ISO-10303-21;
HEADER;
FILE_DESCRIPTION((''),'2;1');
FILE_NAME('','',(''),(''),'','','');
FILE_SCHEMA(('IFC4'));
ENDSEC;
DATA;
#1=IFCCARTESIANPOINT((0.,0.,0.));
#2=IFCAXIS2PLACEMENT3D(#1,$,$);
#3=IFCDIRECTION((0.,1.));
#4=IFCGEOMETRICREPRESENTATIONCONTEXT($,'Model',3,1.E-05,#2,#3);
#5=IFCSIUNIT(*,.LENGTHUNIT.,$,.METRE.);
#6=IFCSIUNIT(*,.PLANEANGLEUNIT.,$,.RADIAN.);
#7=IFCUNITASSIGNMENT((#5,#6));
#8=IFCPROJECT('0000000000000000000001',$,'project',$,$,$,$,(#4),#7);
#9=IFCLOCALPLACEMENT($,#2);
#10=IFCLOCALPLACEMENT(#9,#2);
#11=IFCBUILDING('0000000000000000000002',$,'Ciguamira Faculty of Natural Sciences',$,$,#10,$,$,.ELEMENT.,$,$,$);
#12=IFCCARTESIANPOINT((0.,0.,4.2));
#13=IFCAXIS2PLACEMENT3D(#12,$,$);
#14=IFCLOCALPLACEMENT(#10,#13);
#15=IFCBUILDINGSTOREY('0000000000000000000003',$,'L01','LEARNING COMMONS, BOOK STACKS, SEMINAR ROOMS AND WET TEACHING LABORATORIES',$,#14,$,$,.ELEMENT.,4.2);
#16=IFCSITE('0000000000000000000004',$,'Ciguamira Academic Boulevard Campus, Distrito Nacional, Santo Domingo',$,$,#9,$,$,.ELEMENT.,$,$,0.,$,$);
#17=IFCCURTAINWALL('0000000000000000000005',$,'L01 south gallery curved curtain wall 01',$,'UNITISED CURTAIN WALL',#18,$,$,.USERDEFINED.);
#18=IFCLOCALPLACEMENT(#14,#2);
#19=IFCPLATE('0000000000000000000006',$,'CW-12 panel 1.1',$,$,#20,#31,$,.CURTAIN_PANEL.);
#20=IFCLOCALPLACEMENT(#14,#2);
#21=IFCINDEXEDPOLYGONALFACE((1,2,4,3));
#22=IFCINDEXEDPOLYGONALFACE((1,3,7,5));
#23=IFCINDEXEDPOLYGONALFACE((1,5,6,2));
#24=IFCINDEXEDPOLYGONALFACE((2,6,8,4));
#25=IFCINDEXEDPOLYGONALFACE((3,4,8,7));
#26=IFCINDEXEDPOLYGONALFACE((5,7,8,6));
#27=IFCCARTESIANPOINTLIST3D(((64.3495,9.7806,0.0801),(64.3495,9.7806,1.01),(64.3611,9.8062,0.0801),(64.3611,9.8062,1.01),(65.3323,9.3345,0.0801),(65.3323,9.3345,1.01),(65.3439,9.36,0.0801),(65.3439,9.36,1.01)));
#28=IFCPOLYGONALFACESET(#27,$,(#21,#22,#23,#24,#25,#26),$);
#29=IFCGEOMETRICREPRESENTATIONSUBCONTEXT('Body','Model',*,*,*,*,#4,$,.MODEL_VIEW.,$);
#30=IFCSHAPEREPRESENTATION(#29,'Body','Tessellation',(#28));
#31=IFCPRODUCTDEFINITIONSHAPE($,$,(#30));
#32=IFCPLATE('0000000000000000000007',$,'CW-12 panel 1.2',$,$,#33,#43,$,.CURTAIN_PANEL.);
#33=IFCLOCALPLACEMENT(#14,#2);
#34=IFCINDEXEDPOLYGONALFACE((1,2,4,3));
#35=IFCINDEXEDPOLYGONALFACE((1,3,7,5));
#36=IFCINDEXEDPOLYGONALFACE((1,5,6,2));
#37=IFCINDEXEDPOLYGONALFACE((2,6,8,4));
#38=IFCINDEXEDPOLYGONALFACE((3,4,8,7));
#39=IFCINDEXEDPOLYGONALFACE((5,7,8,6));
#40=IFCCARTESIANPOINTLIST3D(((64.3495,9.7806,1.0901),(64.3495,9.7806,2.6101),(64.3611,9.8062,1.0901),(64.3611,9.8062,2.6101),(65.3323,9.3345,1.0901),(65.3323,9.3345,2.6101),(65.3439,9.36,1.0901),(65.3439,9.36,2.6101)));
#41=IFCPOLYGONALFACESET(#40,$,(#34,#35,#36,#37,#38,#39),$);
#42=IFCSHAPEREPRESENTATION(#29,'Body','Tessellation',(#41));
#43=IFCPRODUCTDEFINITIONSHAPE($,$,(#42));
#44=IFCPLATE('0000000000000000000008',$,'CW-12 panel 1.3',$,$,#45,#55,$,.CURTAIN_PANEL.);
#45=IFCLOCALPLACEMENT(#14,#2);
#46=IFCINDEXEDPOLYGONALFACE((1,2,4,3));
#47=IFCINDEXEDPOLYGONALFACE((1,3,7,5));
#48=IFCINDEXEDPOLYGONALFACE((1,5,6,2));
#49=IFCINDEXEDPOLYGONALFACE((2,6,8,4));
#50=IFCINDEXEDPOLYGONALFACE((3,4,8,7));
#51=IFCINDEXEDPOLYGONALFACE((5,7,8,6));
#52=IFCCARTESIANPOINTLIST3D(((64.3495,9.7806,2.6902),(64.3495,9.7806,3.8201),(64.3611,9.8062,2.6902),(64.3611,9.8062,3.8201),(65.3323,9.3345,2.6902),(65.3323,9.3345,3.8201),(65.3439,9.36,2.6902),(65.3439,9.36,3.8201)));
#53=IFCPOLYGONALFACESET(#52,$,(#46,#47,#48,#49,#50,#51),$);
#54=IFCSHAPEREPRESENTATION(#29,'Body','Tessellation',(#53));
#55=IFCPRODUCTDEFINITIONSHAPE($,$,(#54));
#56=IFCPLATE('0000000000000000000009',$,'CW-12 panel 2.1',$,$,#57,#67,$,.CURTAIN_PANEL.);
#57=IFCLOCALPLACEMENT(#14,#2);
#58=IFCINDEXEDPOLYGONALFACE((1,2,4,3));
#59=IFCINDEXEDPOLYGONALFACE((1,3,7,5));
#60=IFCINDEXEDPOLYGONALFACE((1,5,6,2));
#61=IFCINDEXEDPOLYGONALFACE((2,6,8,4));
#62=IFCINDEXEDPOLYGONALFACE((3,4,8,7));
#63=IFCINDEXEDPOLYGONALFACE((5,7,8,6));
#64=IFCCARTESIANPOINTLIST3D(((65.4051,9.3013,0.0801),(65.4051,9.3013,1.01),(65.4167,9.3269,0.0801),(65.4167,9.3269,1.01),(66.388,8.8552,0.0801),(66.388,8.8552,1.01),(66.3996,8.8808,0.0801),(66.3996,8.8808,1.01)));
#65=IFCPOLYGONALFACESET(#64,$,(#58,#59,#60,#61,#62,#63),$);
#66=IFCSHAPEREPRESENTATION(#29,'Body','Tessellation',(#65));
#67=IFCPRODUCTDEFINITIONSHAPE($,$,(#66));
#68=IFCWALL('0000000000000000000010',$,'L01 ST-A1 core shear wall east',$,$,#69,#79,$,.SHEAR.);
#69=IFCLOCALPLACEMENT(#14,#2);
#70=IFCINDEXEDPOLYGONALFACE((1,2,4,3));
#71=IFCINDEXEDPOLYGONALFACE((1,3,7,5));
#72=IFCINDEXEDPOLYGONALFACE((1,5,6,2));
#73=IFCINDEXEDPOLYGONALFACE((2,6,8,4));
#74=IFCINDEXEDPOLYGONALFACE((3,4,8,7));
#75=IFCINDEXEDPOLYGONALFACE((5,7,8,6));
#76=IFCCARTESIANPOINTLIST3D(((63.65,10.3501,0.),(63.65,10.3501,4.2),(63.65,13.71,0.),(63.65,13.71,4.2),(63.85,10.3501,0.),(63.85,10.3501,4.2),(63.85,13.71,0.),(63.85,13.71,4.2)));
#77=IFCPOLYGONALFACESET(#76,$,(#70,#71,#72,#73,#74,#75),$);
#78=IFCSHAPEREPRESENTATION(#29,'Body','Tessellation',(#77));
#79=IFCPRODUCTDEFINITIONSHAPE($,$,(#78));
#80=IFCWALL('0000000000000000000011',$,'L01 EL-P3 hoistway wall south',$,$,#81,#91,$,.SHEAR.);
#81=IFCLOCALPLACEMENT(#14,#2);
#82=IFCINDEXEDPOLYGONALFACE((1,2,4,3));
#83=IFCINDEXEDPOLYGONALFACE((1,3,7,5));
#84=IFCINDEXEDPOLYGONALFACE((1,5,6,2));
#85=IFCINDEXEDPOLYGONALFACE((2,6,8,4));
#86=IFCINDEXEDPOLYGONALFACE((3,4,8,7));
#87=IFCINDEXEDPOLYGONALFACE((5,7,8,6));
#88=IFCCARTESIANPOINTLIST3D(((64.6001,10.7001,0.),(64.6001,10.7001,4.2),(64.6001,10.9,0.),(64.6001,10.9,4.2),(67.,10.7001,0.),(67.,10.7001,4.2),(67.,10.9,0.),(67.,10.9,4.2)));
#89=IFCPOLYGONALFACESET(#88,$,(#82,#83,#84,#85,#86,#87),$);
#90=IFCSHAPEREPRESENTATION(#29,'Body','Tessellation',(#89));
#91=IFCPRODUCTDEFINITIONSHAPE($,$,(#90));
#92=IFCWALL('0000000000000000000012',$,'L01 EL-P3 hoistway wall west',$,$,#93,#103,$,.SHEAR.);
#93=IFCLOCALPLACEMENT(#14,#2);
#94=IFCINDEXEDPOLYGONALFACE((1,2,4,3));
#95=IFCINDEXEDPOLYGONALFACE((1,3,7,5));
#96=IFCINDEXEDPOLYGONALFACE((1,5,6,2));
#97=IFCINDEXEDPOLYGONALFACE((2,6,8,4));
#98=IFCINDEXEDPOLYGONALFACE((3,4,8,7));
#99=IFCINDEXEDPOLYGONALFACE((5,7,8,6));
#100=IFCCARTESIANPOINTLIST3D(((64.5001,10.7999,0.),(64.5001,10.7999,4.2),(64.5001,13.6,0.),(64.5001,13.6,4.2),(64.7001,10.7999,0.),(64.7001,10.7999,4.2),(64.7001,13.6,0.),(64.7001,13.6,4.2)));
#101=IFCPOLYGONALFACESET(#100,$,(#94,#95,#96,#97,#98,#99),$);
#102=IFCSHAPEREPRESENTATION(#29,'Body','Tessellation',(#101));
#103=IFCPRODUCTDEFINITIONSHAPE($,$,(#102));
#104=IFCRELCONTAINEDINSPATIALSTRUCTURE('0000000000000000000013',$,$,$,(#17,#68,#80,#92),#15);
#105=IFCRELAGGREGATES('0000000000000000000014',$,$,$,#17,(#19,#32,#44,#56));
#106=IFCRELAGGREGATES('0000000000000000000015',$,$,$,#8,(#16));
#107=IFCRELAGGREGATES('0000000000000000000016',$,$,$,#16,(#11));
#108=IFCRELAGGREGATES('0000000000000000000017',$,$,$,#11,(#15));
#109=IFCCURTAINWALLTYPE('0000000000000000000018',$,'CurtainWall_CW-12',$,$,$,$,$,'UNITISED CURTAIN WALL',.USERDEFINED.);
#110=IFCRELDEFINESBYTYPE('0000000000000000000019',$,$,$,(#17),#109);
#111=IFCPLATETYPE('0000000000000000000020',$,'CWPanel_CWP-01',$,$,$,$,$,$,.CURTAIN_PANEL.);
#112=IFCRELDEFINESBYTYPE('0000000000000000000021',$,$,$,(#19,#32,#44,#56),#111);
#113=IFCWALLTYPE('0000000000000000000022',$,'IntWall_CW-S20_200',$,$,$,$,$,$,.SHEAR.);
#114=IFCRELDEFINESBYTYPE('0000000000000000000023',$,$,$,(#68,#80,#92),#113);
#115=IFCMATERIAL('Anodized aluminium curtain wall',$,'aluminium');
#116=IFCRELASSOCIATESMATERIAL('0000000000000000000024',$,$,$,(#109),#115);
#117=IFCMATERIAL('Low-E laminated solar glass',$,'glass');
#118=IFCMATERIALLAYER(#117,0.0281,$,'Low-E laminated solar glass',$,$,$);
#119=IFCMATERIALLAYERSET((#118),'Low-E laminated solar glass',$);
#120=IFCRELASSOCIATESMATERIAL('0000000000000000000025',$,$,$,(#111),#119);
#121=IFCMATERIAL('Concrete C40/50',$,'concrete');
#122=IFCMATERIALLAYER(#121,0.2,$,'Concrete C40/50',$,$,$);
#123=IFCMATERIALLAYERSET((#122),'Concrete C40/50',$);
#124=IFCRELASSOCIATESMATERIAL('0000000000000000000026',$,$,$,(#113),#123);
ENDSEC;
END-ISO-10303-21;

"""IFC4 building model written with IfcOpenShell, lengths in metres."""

from ifc_helpers import new_model, si_unit, direction, frame, frame_2d, origin, origin_2d, place, context, subcontext, project, spatial, rectangle, extrude, material, layer, layer_set, type_object, element, aggregate, save


model = new_model("IFC4")

# Units and contexts
model_context = context("Model", 3, precision=1e-05, world=origin(), true_north=direction((0.0, 1.0)))
body_context = subcontext(model_context, "Body", "Model", "MODEL_VIEW")
ifc_project = project(units=[si_unit("LENGTHUNIT", "METRE"), si_unit("PLANEANGLEUNIT", "RADIAN")], contexts=[model_context])

# Site, building, storey
site_placement = place(None, origin())
site = spatial("IfcSite", under=ifc_project, at=site_placement, Name="Ciguamira Academic Boulevard Campus, Distrito Nacional, Santo Domingo", CompositionType="ELEMENT", RefElevation=0.0)
building_placement = place(site_placement, origin())
building = spatial("IfcBuilding", under=site, at=building_placement, Name="Ciguamira Faculty of Natural Sciences", CompositionType="ELEMENT")
storey_placement = place(building_placement, frame((0.0, 0.0, 4.2)))
storey = spatial("IfcBuildingStorey", under=building, at=storey_placement, Name="L01", Description="LEARNING COMMONS, BOOK STACKS, SEMINAR ROOMS AND WET TEACHING LABORATORIES", CompositionType="ELEMENT", Elevation=4.2)

# Shared definitions
ifc_material_1 = material(Name="Concrete C40/50", Category="concrete")

# Curtain wall
ifc_material_2 = material(Name="Anodized aluminium curtain wall", Category="aluminium")
curtain_wall_type = type_object("IfcCurtainWallType", Name="CurtainWall_CW-12", ElementType="UNITISED CURTAIN WALL", PredefinedType="USERDEFINED", material=ifc_material_2)
curtain_wall_placement = place(storey_placement, origin())
curtain_wall = element("IfcCurtainWall", 1, at=curtain_wall_placement, inside=storey, type_object=curtain_wall_type, Name="L01 south gallery curved curtain wall 01", ObjectType="UNITISED CURTAIN WALL", PredefinedType="USERDEFINED")

# Plates
ifc_material_3 = material(Name="Low-E laminated solar glass", Category="glass")
ifc_layer_1 = layer(ifc_material_3, 0.0281, Name="Low-E laminated solar glass")
ifc_layer_set_1 = layer_set([ifc_layer_1], Name="Low-E laminated solar glass")
plate_type = type_object("IfcPlateType", Name="CWPanel_CWP-01", PredefinedType="CURTAIN_PANEL", material=ifc_layer_set_1)
plate_1_placement = place(storey_placement, frame((64.8467, 9.5703, 0.0801), z_axis=(0.0, 0.0, 1.0), x_axis=(0.910581, -0.413332, 0.0)))
plate_1 = element("IfcPlate", 2, at=plate_1_placement, type_object=plate_type, Name="CW-12 panel 1.1", PredefinedType="CURTAIN_PANEL", context=body_context, shape_type="SweptSolid", body=[
    extrude(rectangle(XDim=1.0793, YDim=0.0281, at=origin_2d()), origin(), (0.0, 0.0, 1.0), 0.9299),
])
plate_2_placement = place(storey_placement, frame((64.8467, 9.5703, 1.0901), z_axis=(0.0, 0.0, 1.0), x_axis=(0.910581, -0.413332, 0.0)))
plate_2 = element("IfcPlate", 3, at=plate_2_placement, type_object=plate_type, Name="CW-12 panel 1.2", PredefinedType="CURTAIN_PANEL", context=body_context, shape_type="SweptSolid", body=[
    extrude(rectangle(XDim=1.0793, YDim=0.0281, at=origin_2d()), origin(), (0.0, 0.0, 1.0), 1.52),
])
plate_3_placement = place(storey_placement, frame((64.8467, 9.5703, 2.6902), z_axis=(0.0, 0.0, 1.0), x_axis=(0.910581, -0.413332, 0.0)))
plate_3 = element("IfcPlate", 4, at=plate_3_placement, type_object=plate_type, Name="CW-12 panel 1.3", PredefinedType="CURTAIN_PANEL", context=body_context, shape_type="SweptSolid", body=[
    extrude(rectangle(XDim=1.0793, YDim=0.0281, at=origin_2d()), origin(), (0.0, 0.0, 1.0), 1.1299),
])
plate_4_placement = place(storey_placement, frame((65.9023, 9.0911, 0.0801), z_axis=(0.0, 0.0, 1.0), x_axis=(0.910581, -0.413332, 0.0)))
plate_4 = element("IfcPlate", 5, at=plate_4_placement, type_object=plate_type, Name="CW-12 panel 2.1", PredefinedType="CURTAIN_PANEL", context=body_context, shape_type="SweptSolid", body=[
    extrude(rectangle(XDim=1.0793, YDim=0.0281, at=origin_2d()), origin(), (0.0, 0.0, 1.0), 0.9299),
])
aggregate(curtain_wall, [plate_1, plate_2, plate_3, plate_4])

# Walls
ifc_layer_2 = layer(ifc_material_1, 0.2, Name="Concrete C40/50")
ifc_layer_set_2 = layer_set([ifc_layer_2], Name="Concrete C40/50")
wall_type = type_object("IfcWallType", Name="IntWall_CW-S20_200", PredefinedType="SHEAR", material=ifc_layer_set_2)
wall_1_placement = place(storey_placement, frame((63.75, 10.3501, 0.0), z_axis=(0.0, 0.0, 1.0), x_axis=(0.0, 1.0, 0.0)))
element("IfcWall", 6, at=wall_1_placement, inside=storey, type_object=wall_type, Name="L01 ST-A1 core shear wall east", PredefinedType="SHEAR", context=body_context, shape_type="SweptSolid", body=[
    extrude(rectangle(XDim=3.3599, YDim=0.2, at=frame_2d((1.6799, 0.0))), origin(), (0.0, 0.0, 1.0), 4.2),
])
wall_2_placement = place(storey_placement, frame((64.6001, 10.8, 0.0), z_axis=(0.0, 0.0, 1.0), x_axis=(1.0, 0.0, 0.0)))
element("IfcWall", 7, at=wall_2_placement, inside=storey, type_object=wall_type, Name="L01 EL-P3 hoistway wall south", PredefinedType="SHEAR", context=body_context, shape_type="SweptSolid", body=[
    extrude(rectangle(XDim=2.3999, YDim=0.2, at=frame_2d((1.2, 0.0))), origin(), (0.0, 0.0, 1.0), 4.2),
])

# Wall
wall_3_placement = place(storey_placement, frame((64.6001, 10.8, 0.0), z_axis=(0.0, 0.0, 1.0), x_axis=(0.0, 1.0, 0.0)))
element("IfcWall", 8, at=wall_3_placement, inside=storey, type_object=wall_type, Name="L01 EL-P3 hoistway wall west", PredefinedType="SHEAR", context=body_context, shape_type="SweptSolid", body=[
    extrude(rectangle(XDim=2.8, YDim=0.2, at=frame_2d((1.3999, 0.0))), origin(), (0.0, 0.0, 1.0), 4.2),
])

save(model, "model.ifc")
